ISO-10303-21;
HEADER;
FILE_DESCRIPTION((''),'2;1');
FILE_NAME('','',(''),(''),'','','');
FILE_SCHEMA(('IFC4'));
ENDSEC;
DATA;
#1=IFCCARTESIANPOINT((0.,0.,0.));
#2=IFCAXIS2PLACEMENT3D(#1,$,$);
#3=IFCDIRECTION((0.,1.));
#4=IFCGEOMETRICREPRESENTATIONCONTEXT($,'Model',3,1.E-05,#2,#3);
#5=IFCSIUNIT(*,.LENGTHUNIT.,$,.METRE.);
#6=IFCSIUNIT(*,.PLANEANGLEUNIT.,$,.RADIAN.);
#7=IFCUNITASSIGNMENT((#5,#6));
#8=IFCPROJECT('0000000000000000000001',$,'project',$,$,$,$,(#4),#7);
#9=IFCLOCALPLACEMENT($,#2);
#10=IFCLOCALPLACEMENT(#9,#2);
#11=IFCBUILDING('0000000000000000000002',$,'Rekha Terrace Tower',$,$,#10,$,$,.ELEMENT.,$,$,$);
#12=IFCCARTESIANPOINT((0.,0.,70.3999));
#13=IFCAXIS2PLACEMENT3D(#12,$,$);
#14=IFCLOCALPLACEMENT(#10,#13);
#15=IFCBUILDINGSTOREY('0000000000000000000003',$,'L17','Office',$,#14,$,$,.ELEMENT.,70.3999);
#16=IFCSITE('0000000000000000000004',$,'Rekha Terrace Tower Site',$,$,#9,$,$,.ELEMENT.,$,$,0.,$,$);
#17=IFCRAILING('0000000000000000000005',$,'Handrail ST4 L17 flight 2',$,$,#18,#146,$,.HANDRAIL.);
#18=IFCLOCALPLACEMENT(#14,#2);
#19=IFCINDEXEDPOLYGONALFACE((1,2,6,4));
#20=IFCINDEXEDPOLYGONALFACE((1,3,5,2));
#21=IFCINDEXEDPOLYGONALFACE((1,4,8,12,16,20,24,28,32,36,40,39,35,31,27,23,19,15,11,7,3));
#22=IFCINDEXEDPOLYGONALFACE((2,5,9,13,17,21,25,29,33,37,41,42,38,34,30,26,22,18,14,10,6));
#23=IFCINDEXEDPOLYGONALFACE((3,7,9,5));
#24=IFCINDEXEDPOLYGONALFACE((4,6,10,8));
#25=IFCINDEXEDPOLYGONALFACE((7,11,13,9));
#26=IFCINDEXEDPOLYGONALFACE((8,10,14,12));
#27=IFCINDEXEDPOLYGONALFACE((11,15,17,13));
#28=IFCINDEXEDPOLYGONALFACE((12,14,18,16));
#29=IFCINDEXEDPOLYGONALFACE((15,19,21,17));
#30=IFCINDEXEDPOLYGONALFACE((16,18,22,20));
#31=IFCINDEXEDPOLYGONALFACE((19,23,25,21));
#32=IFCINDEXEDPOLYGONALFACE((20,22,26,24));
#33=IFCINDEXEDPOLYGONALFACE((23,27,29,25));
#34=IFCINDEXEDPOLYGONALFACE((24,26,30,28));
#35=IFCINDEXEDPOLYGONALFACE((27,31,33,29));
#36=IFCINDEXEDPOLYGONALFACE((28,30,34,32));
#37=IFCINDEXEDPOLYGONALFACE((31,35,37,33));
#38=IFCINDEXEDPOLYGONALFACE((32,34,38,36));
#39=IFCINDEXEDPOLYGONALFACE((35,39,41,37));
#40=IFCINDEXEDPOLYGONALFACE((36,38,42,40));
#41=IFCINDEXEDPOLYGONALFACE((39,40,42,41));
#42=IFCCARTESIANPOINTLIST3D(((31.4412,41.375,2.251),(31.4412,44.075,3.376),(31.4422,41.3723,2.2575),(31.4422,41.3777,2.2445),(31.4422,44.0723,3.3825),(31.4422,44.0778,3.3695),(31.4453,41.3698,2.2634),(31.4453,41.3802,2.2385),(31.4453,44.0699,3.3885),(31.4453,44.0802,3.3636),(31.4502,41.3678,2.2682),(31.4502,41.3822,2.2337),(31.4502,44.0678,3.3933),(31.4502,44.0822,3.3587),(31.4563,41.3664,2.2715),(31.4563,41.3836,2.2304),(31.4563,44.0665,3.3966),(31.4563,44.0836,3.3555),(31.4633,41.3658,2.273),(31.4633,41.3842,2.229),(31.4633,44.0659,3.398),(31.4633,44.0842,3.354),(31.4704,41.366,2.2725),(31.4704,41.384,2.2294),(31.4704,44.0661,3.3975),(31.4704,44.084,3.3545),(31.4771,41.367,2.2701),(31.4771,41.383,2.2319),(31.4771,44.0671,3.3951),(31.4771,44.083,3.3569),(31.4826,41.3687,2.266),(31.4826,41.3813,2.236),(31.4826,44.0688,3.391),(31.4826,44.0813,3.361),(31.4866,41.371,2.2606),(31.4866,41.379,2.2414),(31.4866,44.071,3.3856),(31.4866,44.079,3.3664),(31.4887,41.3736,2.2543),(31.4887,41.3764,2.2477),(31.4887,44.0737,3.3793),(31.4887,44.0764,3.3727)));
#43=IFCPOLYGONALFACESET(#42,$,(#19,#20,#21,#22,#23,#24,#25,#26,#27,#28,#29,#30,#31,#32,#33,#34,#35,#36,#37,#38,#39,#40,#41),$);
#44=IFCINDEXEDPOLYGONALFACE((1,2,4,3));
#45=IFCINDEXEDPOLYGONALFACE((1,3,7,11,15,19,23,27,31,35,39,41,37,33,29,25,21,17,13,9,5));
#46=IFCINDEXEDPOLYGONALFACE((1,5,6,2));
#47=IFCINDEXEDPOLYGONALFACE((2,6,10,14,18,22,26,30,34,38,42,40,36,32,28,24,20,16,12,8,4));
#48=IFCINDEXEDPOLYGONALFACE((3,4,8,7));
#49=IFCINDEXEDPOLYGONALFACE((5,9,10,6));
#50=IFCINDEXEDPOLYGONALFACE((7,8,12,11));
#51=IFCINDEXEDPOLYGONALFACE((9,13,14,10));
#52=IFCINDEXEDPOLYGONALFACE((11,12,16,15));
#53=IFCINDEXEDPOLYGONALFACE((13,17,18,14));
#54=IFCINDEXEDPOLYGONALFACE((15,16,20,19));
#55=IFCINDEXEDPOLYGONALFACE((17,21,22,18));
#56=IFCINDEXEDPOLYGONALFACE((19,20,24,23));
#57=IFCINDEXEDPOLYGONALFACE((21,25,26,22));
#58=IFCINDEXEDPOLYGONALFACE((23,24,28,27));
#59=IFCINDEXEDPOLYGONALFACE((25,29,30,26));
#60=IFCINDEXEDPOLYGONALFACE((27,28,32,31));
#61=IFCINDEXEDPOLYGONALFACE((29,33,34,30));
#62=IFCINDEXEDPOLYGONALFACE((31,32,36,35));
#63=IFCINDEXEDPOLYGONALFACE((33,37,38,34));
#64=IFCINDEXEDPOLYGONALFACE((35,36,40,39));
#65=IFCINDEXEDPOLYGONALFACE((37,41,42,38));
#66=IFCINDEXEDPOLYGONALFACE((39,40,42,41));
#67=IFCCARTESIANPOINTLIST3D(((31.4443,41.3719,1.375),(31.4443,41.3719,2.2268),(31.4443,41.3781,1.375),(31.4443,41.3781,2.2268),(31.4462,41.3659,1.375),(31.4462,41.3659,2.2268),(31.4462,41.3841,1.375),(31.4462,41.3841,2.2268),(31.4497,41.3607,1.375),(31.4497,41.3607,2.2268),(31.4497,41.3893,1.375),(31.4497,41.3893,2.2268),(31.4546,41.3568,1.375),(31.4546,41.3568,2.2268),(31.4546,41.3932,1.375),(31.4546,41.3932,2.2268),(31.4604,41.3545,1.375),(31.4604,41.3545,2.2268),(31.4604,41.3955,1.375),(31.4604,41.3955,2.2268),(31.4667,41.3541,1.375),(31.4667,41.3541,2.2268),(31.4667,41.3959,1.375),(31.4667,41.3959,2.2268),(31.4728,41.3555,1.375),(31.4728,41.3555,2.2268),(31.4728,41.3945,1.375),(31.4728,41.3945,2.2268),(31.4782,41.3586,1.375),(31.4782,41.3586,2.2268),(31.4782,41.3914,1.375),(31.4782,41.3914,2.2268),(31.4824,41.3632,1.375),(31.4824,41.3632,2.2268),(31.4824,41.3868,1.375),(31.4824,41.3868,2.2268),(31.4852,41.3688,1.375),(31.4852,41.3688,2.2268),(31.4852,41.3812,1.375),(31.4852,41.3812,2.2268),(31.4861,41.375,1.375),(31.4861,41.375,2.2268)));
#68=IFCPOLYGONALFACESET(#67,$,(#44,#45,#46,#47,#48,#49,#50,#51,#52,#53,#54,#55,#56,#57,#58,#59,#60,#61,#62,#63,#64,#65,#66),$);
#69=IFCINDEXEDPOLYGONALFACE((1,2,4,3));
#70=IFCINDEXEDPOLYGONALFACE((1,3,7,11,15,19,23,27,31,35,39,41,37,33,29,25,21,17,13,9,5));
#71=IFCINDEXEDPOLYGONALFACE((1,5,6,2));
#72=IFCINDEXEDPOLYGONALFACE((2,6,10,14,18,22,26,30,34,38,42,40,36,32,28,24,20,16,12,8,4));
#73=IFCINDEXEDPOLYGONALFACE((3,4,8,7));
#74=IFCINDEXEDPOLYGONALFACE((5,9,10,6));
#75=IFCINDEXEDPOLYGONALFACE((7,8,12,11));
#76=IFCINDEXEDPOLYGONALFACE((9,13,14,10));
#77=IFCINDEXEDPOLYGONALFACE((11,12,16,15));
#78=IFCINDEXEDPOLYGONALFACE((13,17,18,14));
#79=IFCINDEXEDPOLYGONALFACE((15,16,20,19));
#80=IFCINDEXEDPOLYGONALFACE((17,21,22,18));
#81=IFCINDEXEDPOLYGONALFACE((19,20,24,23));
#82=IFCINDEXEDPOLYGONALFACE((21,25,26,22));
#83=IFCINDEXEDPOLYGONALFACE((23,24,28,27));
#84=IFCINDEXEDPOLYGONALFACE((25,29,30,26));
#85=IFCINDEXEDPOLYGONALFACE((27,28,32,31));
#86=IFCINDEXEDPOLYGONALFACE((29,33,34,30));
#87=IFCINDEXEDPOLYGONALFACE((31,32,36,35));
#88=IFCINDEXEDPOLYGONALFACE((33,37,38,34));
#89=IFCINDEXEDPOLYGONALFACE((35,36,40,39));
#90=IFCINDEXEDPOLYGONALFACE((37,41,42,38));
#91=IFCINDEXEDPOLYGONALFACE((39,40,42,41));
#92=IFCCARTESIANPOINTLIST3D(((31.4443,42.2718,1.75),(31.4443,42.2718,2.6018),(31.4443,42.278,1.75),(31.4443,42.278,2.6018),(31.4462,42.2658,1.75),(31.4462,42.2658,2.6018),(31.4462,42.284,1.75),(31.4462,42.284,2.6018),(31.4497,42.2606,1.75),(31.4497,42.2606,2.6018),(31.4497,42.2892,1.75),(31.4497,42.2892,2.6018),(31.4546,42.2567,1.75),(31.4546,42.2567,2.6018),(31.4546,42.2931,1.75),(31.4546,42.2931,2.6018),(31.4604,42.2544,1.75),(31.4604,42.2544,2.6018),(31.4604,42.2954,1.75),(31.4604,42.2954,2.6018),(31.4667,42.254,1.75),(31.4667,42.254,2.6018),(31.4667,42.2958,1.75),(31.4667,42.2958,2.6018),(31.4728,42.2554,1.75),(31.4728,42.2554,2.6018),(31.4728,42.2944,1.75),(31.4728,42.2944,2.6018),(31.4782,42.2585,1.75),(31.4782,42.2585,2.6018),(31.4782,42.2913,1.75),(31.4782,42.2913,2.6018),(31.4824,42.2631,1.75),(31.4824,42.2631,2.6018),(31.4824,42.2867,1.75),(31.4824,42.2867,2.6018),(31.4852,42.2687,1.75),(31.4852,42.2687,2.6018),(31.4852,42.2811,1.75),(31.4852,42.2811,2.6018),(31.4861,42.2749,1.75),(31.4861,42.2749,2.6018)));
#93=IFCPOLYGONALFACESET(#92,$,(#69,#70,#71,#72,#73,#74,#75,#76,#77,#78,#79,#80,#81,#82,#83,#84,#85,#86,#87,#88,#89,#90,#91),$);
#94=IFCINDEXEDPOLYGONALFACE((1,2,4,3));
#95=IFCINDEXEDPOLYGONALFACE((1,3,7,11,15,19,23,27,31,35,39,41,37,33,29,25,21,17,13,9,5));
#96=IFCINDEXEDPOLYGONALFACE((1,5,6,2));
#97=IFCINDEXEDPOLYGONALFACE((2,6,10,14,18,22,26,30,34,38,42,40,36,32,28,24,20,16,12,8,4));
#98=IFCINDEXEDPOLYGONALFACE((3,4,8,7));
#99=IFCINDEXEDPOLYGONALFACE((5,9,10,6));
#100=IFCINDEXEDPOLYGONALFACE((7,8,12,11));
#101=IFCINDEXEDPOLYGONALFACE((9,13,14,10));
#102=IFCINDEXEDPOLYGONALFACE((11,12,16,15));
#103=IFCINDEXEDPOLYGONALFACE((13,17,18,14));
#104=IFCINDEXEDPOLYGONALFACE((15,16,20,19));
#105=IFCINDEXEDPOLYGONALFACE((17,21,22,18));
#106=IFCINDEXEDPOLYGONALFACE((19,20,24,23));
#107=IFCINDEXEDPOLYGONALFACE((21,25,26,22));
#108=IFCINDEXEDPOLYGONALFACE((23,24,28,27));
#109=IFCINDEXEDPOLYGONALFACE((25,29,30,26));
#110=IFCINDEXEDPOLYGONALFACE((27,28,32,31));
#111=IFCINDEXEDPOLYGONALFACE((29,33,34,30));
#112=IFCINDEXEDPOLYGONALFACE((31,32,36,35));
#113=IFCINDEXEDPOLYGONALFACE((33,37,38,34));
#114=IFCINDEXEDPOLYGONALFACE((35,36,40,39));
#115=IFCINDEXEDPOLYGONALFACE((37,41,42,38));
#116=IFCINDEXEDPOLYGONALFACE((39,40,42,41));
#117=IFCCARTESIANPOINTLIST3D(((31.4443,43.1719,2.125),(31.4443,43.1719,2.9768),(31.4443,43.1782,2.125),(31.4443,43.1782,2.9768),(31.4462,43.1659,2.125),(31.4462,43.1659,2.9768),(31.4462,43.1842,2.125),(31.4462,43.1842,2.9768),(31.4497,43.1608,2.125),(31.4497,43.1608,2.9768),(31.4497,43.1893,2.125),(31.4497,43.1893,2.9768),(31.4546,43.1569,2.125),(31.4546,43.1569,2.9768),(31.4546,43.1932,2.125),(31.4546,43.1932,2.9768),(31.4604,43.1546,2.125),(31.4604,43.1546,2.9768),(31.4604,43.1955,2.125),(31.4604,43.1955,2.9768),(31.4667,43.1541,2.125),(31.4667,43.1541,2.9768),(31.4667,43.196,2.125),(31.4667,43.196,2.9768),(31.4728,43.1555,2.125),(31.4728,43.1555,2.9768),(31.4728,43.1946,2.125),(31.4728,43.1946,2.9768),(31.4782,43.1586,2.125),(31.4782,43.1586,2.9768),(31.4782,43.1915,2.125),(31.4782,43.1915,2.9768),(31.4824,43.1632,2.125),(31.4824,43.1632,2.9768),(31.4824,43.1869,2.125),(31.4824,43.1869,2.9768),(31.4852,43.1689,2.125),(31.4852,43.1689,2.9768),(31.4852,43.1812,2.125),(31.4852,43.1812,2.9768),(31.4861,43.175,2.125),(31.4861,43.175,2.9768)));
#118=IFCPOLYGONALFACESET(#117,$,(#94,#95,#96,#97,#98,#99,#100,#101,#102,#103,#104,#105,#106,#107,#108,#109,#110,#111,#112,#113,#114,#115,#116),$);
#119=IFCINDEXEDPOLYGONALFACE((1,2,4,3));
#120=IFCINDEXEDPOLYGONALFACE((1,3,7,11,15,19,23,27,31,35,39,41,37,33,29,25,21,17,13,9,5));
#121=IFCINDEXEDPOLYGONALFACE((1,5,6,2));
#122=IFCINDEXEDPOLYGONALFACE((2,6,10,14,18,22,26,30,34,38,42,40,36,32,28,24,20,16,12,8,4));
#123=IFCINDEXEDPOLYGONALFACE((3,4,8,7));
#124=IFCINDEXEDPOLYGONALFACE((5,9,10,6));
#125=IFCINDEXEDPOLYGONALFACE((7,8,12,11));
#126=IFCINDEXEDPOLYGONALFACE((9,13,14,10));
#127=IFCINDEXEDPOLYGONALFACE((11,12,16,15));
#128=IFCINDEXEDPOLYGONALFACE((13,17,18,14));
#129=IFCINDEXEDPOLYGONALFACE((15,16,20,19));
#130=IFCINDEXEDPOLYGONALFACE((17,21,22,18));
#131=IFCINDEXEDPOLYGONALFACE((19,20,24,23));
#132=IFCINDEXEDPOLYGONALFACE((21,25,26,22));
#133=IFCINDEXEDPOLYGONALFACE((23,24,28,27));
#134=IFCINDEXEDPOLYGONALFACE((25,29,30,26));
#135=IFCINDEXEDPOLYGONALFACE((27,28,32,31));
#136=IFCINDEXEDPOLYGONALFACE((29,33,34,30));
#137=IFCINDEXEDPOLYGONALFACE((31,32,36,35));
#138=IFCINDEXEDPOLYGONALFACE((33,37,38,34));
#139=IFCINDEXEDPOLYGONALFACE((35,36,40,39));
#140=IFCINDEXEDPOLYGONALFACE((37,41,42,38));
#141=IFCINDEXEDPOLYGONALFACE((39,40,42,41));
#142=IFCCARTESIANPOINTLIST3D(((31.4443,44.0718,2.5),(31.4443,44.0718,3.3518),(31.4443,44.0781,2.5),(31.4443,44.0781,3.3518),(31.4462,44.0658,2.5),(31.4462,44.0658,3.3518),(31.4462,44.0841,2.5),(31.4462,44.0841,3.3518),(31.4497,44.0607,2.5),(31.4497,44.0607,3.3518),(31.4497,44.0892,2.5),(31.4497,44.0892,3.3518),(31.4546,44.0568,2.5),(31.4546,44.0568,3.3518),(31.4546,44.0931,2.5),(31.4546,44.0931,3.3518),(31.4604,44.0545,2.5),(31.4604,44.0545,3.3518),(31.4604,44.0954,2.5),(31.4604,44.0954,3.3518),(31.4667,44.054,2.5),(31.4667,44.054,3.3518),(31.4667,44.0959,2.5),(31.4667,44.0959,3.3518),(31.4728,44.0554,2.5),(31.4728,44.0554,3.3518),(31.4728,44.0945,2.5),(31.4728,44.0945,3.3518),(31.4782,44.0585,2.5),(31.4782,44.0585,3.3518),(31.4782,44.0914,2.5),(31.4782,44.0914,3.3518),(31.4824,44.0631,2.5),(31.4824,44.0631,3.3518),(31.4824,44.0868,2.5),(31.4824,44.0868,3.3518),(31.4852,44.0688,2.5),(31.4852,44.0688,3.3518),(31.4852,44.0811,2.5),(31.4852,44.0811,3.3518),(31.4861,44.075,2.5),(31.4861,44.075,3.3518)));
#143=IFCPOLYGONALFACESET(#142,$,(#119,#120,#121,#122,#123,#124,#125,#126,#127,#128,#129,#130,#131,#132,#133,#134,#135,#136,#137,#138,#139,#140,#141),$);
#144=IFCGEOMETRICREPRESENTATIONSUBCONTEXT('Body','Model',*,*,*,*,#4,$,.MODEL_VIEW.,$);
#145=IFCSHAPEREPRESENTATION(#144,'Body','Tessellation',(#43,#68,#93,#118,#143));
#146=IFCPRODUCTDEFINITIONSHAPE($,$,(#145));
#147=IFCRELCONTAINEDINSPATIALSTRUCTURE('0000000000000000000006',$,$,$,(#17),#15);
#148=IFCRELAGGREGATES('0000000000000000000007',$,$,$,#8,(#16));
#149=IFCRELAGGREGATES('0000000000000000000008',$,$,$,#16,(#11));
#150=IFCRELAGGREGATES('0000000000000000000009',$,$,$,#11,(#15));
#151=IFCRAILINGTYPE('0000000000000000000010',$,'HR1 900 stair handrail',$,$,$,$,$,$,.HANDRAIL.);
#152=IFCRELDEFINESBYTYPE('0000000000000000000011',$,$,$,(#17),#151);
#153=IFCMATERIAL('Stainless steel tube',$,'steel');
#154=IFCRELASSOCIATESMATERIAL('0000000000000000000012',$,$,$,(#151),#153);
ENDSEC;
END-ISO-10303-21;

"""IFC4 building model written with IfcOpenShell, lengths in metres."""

from ifc_helpers import new_model, si_unit, direction, frame, origin, origin_2d, place, context, subcontext, project, spatial, circle, extrude, material, type_object, element, save


model = new_model("IFC4")

# Units and contexts
model_context = context("Model", 3, precision=1e-05, world=origin(), true_north=direction((0.0, 1.0)))
body_context = subcontext(model_context, "Body", "Model", "MODEL_VIEW")
ifc_project = project(units=[si_unit("LENGTHUNIT", "METRE"), si_unit("PLANEANGLEUNIT", "RADIAN")], contexts=[model_context])

# Site, building, storey
site_placement = place(None, origin())
site = spatial("IfcSite", under=ifc_project, at=site_placement, Name="Rekha Terrace Tower Site", CompositionType="ELEMENT", RefElevation=0.0)
building_placement = place(site_placement, origin())
building = spatial("IfcBuilding", under=site, at=building_placement, Name="Rekha Terrace Tower", CompositionType="ELEMENT")
storey_placement = place(building_placement, frame((0.0, 0.0, 70.3999)))
storey = spatial("IfcBuildingStorey", under=building, at=storey_placement, Name="L17", Description="Office", CompositionType="ELEMENT", Elevation=70.3999)

# Railing
ifc_material_1 = material(Name="Stainless steel tube", Category="steel")
railing_type_1 = type_object("IfcRailingType", Name="HR1 900 stair handrail", PredefinedType="HANDRAIL", material=ifc_material_1)
for number, where, name in (
    (1, (31.4651, 41.375, 1.375), "Handrail ST4 L17 flight 2"),
):
    element("IfcRailing", number, at=place(storey_placement, frame(where)), inside=storey, type_object=railing_type_1, Name=name, PredefinedType="HANDRAIL", context=body_context, shape_type="SweptSolid", body=[
        extrude(circle(Radius=0.0239, at=origin_2d()), frame((0.0, 0.0, 0.876), z_axis=(0.0, 0.923074, 0.384621), x_axis=(-1.0, 0.0, 0.0)), (0.0, 0.0, 1.0), 2.925),
        extrude(circle(Radius=0.021, at=origin_2d()), origin(), (0.0, 0.0, 1.0), 0.8518),
        extrude(circle(Radius=0.021, at=origin_2d()), frame((0.0, 0.8999, 0.375)), (0.0, 0.0, 1.0), 0.8518),
        extrude(circle(Radius=0.021, at=origin_2d()), frame((0.0, 1.8, 0.75)), (0.0, 0.0, 1.0), 0.8518),
        extrude(circle(Radius=0.021, at=origin_2d()), frame((0.0, 2.7, 1.125)), (0.0, 0.0, 1.0), 0.8518),
    ])

save(model, "model.ifc")
